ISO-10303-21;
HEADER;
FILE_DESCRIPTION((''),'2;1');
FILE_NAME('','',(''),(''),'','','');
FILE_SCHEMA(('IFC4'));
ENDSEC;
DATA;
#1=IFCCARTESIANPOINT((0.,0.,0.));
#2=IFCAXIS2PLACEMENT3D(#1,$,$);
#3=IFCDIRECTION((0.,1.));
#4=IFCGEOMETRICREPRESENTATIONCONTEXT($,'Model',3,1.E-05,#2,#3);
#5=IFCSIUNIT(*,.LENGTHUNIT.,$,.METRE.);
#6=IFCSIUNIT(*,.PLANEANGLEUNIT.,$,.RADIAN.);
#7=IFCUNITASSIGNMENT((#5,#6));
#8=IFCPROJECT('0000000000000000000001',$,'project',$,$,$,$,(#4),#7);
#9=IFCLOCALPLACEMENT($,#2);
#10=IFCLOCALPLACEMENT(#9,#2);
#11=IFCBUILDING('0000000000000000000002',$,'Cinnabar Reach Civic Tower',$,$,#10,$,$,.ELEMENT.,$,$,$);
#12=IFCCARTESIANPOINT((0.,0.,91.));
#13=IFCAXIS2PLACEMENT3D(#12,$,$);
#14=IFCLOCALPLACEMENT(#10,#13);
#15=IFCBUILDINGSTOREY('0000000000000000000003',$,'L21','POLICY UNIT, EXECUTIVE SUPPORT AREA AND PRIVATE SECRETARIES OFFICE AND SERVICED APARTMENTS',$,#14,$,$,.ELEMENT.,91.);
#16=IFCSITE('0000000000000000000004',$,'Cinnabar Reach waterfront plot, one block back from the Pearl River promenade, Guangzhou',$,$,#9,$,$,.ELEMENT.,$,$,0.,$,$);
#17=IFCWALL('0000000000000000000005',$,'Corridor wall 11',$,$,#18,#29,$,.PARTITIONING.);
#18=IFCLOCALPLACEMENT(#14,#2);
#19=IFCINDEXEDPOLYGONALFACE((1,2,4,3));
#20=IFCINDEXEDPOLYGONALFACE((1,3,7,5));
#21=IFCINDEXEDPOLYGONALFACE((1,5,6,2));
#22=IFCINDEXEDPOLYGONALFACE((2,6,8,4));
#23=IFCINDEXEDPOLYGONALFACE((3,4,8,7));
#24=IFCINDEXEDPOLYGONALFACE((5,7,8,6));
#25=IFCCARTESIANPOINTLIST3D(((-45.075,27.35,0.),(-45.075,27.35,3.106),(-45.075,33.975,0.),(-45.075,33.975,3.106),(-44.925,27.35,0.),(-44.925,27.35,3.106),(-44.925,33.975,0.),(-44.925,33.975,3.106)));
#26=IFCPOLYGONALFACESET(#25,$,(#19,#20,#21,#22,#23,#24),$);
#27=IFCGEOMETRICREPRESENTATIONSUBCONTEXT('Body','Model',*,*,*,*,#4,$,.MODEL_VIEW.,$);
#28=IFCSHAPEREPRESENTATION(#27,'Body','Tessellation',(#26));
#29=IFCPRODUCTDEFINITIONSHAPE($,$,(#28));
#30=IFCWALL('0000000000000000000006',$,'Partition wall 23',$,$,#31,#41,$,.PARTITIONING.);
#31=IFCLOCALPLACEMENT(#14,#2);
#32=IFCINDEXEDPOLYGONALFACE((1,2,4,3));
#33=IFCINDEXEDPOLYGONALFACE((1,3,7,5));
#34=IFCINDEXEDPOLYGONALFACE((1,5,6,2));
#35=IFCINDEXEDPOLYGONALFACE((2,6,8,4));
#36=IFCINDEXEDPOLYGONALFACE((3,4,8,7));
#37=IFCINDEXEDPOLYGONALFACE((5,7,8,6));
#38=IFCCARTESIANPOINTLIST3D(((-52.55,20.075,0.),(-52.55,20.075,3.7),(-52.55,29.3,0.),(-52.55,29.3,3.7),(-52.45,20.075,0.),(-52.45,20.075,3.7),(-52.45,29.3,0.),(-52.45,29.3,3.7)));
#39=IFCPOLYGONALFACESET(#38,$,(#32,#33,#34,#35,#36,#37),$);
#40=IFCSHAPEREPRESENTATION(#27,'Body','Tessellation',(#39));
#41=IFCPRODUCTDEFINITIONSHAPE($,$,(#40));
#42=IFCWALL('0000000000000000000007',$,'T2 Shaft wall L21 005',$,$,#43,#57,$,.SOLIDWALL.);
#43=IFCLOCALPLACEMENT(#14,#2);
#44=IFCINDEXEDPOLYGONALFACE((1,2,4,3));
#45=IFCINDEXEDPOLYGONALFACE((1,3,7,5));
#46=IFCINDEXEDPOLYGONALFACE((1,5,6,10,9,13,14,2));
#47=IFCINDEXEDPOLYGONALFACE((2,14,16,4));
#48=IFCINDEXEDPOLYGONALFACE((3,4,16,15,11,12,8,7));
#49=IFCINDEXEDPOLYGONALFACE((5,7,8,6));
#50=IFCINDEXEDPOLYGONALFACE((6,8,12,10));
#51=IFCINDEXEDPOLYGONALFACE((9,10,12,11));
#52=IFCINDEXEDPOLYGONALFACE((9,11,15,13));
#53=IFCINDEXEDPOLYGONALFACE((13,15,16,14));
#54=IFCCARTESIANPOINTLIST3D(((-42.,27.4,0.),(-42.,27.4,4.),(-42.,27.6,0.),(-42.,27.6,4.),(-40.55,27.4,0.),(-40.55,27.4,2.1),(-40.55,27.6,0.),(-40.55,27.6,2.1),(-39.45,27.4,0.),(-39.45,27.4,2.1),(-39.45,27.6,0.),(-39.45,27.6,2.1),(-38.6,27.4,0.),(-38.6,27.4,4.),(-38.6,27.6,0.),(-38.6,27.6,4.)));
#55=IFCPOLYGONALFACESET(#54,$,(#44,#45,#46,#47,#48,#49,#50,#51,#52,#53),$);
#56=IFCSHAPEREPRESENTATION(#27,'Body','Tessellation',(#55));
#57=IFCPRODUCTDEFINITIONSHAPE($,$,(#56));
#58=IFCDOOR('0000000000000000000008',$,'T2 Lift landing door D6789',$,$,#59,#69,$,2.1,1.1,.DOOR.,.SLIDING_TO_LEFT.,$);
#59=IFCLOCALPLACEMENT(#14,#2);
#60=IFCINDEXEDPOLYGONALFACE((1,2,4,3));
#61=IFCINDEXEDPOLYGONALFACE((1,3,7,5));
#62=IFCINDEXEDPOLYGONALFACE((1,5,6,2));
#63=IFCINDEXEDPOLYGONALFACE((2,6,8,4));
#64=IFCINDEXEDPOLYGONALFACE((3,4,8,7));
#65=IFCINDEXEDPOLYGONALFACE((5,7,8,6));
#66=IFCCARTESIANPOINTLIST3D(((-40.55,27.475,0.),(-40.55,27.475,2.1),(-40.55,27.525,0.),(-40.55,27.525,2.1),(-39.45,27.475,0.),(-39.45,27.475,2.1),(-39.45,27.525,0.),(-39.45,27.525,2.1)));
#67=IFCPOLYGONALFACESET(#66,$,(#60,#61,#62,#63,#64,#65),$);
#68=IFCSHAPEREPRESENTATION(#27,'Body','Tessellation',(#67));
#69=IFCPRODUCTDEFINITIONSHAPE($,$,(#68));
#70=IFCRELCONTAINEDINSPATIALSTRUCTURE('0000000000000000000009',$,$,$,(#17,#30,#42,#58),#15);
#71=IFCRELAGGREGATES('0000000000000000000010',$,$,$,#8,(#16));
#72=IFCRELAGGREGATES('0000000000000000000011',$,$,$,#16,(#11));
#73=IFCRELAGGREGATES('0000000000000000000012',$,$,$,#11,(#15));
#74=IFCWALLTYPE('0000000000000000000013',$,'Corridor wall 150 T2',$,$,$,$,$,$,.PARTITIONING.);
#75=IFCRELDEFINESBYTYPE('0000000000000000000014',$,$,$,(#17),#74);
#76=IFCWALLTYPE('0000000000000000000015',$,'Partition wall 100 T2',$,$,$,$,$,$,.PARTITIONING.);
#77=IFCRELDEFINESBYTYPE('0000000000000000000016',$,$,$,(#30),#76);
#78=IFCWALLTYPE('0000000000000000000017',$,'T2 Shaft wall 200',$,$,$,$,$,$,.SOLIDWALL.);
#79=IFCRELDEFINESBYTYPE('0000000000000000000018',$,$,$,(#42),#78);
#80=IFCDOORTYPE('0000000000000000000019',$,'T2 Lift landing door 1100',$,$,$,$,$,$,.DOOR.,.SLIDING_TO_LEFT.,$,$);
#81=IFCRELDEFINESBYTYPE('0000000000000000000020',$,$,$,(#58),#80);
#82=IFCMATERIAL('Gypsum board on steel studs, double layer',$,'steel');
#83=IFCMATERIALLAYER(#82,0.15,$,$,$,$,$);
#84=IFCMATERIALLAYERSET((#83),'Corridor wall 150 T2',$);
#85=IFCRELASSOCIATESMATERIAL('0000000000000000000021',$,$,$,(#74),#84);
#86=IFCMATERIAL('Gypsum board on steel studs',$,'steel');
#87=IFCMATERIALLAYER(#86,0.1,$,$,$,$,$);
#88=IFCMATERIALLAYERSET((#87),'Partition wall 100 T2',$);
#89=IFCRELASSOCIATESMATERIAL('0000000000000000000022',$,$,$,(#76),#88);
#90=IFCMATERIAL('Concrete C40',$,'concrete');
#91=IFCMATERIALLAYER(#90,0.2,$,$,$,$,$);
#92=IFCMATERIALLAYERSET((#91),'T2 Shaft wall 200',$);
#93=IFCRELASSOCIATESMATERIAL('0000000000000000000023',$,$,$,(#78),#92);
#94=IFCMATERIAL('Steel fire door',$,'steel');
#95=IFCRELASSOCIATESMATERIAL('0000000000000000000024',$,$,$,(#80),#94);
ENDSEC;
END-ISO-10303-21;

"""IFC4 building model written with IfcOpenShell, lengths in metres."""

from ifc_helpers import new_model, si_unit, direction, frame, frame_2d, origin, place, context, subcontext, project, spatial, rectangle, extrude, material, layer, layer_set, type_object, element, fill, save


model = new_model("IFC4")

# Units and contexts
model_context = context("Model", 3, precision=1e-05, world=origin(), true_north=direction((0.0, 1.0)))
body_context = subcontext(model_context, "Body", "Model", "MODEL_VIEW")
ifc_project = project(units=[si_unit("LENGTHUNIT", "METRE"), si_unit("PLANEANGLEUNIT", "RADIAN")], contexts=[model_context])

# Site, building, storey
site_placement = place(None, origin())
site = spatial("IfcSite", under=ifc_project, at=site_placement, Name="Cinnabar Reach waterfront plot, one block back from the Pearl River promenade, Guangzhou", CompositionType="ELEMENT", RefElevation=0.0)
building_placement = place(site_placement, origin())
building = spatial("IfcBuilding", under=site, at=building_placement, Name="Cinnabar Reach Civic Tower", CompositionType="ELEMENT")
storey_placement = place(building_placement, frame((0.0, 0.0, 91.0)))
storey = spatial("IfcBuildingStorey", under=building, at=storey_placement, Name="L21", Description="POLICY UNIT, EXECUTIVE SUPPORT AREA AND PRIVATE SECRETARIES OFFICE AND SERVICED APARTMENTS", CompositionType="ELEMENT", Elevation=91.0)

# Shared definitions
ifc_material_1 = material(Name="Gypsum board on steel studs, double layer", Category="steel")
ifc_layer_1 = layer(ifc_material_1, 0.15)
ifc_layer_set_1 = layer_set([ifc_layer_1], Name="Corridor wall 150 T2")
wall_type_1 = type_object("IfcWallType", Name="Corridor wall 150 T2", PredefinedType="PARTITIONING", material=ifc_layer_set_1)

# Walls
wall_1_placement = place(storey_placement, frame((-45.0, 27.35, 0.0), z_axis=(0.0, 0.0, 1.0), x_axis=(0.0, 1.0, 0.0)))
element("IfcWall", 1, at=wall_1_placement, inside=storey, type_object=wall_type_1, Name="Corridor wall 11", PredefinedType="PARTITIONING", context=body_context, shape_type="SweptSolid", body=[
    extrude(rectangle(XDim=6.625, YDim=0.15, at=frame_2d((3.3125, 0.0))), origin(), (0.0, 0.0, 1.0), 3.106),
])
ifc_material_2 = material(Name="Gypsum board on steel studs", Category="steel")
ifc_layer_2 = layer(ifc_material_2, 0.1)
ifc_layer_set_2 = layer_set([ifc_layer_2], Name="Partition wall 100 T2")
wall_type_2 = type_object("IfcWallType", Name="Partition wall 100 T2", PredefinedType="PARTITIONING", material=ifc_layer_set_2)
wall_2_placement = place(storey_placement, frame((-52.5, 20.075, 0.0), z_axis=(0.0, 0.0, 1.0), x_axis=(0.0, 1.0, 0.0)))
element("IfcWall", 2, at=wall_2_placement, inside=storey, type_object=wall_type_2, Name="Partition wall 23", PredefinedType="PARTITIONING", context=body_context, shape_type="SweptSolid", body=[
    extrude(rectangle(XDim=9.225, YDim=0.1, at=frame_2d((4.6125, 0.0))), origin(), (0.0, 0.0, 1.0), 3.7),
])

# Wall, opening, door
ifc_material_3 = material(Name="Concrete C40", Category="concrete")
ifc_layer_3 = layer(ifc_material_3, 0.2)
ifc_layer_set_3 = layer_set([ifc_layer_3], Name="T2 Shaft wall 200")
wall_type_3 = type_object("IfcWallType", Name="T2 Shaft wall 200", PredefinedType="SOLIDWALL", material=ifc_layer_set_3)
wall_3_placement = place(storey_placement, frame((-42.0, 27.5, 0.0), z_axis=(0.0, 0.0, 1.0), x_axis=(1.0, 0.0, 0.0)))
wall_3 = element("IfcWall", 3, at=wall_3_placement, inside=storey, type_object=wall_type_3, Name="T2 Shaft wall L21 005", PredefinedType="SOLIDWALL", context=body_context, shape_type="SweptSolid", body=[
    extrude(rectangle(XDim=3.4, YDim=0.2, at=frame_2d((1.7, 0.0))), origin(), (0.0, 0.0, 1.0), 4.0),
])
opening_1_placement = place(wall_3_placement, frame((1.45, 0.0, 0.0)))
opening_1 = element("IfcOpeningElement", 4, at=opening_1_placement, cuts=wall_3, PredefinedType="OPENING", context=body_context, shape_type="SweptSolid", body=[
    extrude(rectangle(XDim=1.1, YDim=2.1, at=frame_2d((0.55, 1.05))), frame((0.0, 0.11, 0.0), z_axis=(0.0, -1.0, 0.0), x_axis=(1.0, 0.0, 0.0)), (0.0, 0.0, 1.0), 0.22),
])
ifc_material_4 = material(Name="Steel fire door", Category="steel")
door_type_1 = type_object("IfcDoorType", Name="T2 Lift landing door 1100", OperationType="SLIDING_TO_LEFT", PredefinedType="DOOR", material=ifc_material_4)
door_1_placement = place(opening_1_placement, origin())
door_1 = element("IfcDoor", 5, at=door_1_placement, inside=storey, type_object=door_type_1, Name="T2 Lift landing door D6789", OperationType="SLIDING_TO_LEFT", OverallHeight=2.1, OverallWidth=1.1, PredefinedType="DOOR", context=body_context, shape_type="SweptSolid", body=[
    extrude(rectangle(XDim=1.1, YDim=2.1, at=frame_2d((0.55, 1.05))), frame((0.0, 0.025, 0.0), z_axis=(0.0, -1.0, 0.0), x_axis=(1.0, 0.0, 0.0)), (0.0, 0.0, 1.0), 0.05),
])
fill(opening_1, door_1)

save(model, "model.ifc")
